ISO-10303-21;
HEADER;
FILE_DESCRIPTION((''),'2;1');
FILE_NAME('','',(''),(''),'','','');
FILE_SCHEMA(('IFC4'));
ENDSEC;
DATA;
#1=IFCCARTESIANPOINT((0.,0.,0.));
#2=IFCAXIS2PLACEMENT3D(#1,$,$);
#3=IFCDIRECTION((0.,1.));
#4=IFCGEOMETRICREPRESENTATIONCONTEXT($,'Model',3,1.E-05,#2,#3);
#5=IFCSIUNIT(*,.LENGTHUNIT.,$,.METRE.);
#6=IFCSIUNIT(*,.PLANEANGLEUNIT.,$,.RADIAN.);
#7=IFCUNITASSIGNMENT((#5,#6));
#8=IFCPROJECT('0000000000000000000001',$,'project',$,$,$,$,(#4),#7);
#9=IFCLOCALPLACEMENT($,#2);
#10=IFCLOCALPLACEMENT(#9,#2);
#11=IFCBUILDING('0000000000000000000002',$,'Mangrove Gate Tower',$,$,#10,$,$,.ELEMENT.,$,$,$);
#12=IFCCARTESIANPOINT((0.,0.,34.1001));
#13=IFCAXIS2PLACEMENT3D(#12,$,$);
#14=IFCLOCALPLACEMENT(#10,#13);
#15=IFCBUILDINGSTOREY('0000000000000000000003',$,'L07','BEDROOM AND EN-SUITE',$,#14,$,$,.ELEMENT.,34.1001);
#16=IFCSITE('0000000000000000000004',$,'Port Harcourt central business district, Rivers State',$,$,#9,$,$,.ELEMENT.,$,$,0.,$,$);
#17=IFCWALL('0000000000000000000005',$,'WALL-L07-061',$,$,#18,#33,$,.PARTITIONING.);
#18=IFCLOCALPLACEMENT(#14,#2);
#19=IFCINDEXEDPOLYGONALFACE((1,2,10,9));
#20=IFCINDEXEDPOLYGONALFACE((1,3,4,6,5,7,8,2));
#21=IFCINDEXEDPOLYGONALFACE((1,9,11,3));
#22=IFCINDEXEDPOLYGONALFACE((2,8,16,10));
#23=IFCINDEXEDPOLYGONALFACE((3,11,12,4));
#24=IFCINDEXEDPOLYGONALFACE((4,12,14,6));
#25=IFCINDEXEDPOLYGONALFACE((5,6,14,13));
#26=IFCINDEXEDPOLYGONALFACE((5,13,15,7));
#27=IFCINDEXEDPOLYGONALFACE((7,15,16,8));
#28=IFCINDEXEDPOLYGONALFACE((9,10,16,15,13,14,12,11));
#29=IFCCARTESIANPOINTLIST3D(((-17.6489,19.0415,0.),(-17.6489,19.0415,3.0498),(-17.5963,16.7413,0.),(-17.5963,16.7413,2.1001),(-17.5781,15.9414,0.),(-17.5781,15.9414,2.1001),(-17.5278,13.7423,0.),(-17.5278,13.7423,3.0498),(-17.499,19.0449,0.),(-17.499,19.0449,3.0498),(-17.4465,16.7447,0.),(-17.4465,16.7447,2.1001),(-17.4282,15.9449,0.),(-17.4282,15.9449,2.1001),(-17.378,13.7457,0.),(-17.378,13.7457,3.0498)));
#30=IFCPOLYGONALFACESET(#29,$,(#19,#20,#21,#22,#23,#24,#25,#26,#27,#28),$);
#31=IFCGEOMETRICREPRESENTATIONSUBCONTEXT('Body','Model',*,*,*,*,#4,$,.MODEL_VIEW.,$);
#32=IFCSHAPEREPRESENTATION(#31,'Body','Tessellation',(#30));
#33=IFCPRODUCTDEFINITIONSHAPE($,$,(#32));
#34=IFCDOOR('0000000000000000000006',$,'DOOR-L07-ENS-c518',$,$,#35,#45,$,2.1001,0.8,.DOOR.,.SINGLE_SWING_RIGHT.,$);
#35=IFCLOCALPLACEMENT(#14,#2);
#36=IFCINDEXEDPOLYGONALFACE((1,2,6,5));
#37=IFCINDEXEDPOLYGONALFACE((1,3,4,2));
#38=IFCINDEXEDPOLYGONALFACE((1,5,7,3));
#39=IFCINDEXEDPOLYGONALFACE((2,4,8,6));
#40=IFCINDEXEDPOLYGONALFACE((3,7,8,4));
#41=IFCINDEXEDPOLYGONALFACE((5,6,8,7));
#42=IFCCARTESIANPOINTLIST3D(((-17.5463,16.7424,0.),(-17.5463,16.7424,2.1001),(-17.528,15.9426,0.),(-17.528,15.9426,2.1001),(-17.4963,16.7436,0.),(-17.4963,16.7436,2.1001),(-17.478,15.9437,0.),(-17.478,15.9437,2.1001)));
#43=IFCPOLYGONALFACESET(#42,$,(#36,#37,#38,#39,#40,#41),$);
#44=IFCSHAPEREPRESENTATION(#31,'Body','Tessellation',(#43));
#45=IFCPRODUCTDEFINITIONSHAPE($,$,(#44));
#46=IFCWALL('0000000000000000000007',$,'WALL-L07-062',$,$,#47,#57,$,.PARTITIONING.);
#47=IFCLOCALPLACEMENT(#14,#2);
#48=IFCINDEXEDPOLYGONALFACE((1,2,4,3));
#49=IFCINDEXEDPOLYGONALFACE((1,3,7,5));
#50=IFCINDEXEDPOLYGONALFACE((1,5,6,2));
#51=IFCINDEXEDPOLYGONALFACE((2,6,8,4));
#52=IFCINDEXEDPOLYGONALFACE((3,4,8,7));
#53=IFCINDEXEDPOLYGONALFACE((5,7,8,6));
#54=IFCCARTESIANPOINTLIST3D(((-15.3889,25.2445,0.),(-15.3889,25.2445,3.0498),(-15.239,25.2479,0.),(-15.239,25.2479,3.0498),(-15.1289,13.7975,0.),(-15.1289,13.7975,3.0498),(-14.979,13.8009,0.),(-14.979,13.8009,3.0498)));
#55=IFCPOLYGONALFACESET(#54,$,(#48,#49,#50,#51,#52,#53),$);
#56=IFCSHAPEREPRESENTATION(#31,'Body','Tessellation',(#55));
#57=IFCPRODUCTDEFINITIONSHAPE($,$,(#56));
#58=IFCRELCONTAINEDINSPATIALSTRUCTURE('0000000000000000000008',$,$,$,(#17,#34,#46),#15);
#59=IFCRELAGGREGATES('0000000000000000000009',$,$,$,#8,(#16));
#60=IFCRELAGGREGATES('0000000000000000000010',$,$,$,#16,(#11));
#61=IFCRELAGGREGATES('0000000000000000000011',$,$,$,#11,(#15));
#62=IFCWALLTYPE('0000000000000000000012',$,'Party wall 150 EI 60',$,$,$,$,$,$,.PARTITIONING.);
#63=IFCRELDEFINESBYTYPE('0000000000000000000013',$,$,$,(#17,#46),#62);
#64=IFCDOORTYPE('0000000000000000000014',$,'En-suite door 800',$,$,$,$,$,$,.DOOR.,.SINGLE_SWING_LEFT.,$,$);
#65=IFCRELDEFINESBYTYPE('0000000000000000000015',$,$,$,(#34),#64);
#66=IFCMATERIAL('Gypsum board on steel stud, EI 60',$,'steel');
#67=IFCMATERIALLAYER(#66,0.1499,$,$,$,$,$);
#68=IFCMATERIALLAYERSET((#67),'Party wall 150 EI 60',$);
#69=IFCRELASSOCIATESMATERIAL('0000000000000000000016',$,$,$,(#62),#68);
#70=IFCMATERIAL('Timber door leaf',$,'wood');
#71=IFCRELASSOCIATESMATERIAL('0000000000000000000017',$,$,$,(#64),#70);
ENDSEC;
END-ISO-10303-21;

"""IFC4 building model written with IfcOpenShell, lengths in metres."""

from ifc_helpers import new_model, si_unit, direction, frame, frame_2d, origin, place, context, subcontext, project, spatial, rectangle, extrude, material, layer, layer_set, type_object, element, fill, save


model = new_model("IFC4")

# Units and contexts
model_context = context("Model", 3, precision=1e-05, world=origin(), true_north=direction((0.0, 1.0)))
body_context = subcontext(model_context, "Body", "Model", "MODEL_VIEW")
ifc_project = project(units=[si_unit("LENGTHUNIT", "METRE"), si_unit("PLANEANGLEUNIT", "RADIAN")], contexts=[model_context])

# Site, building, storey
site_placement = place(None, origin())
site = spatial("IfcSite", under=ifc_project, at=site_placement, Name="Port Harcourt central business district, Rivers State", CompositionType="ELEMENT", RefElevation=0.0)
building_placement = place(site_placement, origin())
building = spatial("IfcBuilding", under=site, at=building_placement, Name="Mangrove Gate Tower", CompositionType="ELEMENT")
storey_placement = place(building_placement, frame((0.0, 0.0, 34.1001)))
storey = spatial("IfcBuildingStorey", under=building, at=storey_placement, Name="L07", Description="BEDROOM AND EN-SUITE", CompositionType="ELEMENT", Elevation=34.1001)

# Shared definitions
ifc_material_1 = material(Name="Gypsum board on steel stud, EI 60", Category="steel")
ifc_layer_1 = layer(ifc_material_1, 0.1499)
ifc_layer_set_1 = layer_set([ifc_layer_1], Name="Party wall 150 EI 60")
wall_type_1 = type_object("IfcWallType", Name="Party wall 150 EI 60", PredefinedType="PARTITIONING", material=ifc_layer_set_1)
ifc_material_2 = material(Name="Timber door leaf", Category="wood")
door_type_1 = type_object("IfcDoorType", Name="En-suite door 800", OperationType="SINGLE_SWING_LEFT", PredefinedType="DOOR", material=ifc_material_2)

# Wall, opening, door
wall_1_placement = place(storey_placement, frame((-17.4529, 13.7439, 0.0), z_axis=(0.0, 0.0, 1.0), x_axis=(-0.022846, 0.999739, 0.0)))
wall_1 = element("IfcWall", 1, at=wall_1_placement, inside=storey, type_object=wall_type_1, Name="WALL-L07-061", PredefinedType="PARTITIONING", context=body_context, shape_type="SweptSolid", body=[
    extrude(rectangle(XDim=5.3005, YDim=0.1499, at=frame_2d((2.6504, 0.0))), origin(), (0.0, 0.0, 1.0), 3.0498),
])
opening_1_placement = place(wall_1_placement, frame((2.2, 0.0, 0.0)))
opening_1 = element("IfcOpeningElement", 2, at=opening_1_placement, cuts=wall_1, PredefinedType="OPENING", context=body_context, shape_type="SweptSolid", body=[
    extrude(rectangle(XDim=0.8, YDim=2.1001, at=frame_2d((0.3999, 1.05))), frame((0.0, 0.085, 0.0), z_axis=(0.0, -1.0, 0.0), x_axis=(1.0, 0.0, 0.0)), (0.0, 0.0, 1.0), 0.1699),
])
door_1_placement = place(opening_1_placement, origin())
door_1 = element("IfcDoor", 3, at=door_1_placement, inside=storey, type_object=door_type_1, Name="DOOR-L07-ENS-c518", OperationType="SINGLE_SWING_RIGHT", OverallHeight=2.1001, OverallWidth=0.8, PredefinedType="DOOR", context=body_context, shape_type="SweptSolid", body=[
    extrude(rectangle(XDim=0.8, YDim=2.1001, at=frame_2d((0.3999, 1.05))), frame((0.0, 0.0249, 0.0), z_axis=(0.0, -1.0, 0.0), x_axis=(1.0, 0.0, 0.0)), (0.0, 0.0, 1.0), 0.05),
])
fill(opening_1, door_1)

# Wall
wall_2_placement = place(storey_placement, frame((-15.054, 13.7991, 0.0), z_axis=(0.0, 0.0, 1.0), x_axis=(-0.022708, 0.999742, 0.0)))
element("IfcWall", 4, at=wall_2_placement, inside=storey, type_object=wall_type_1, Name="WALL-L07-062", PredefinedType="PARTITIONING", context=body_context, shape_type="SweptSolid", body=[
    extrude(rectangle(XDim=11.45, YDim=0.1499, at=frame_2d((5.7251, 0.0))), origin(), (0.0, 0.0, 1.0), 3.0498),
])

save(model, "model.ifc")
